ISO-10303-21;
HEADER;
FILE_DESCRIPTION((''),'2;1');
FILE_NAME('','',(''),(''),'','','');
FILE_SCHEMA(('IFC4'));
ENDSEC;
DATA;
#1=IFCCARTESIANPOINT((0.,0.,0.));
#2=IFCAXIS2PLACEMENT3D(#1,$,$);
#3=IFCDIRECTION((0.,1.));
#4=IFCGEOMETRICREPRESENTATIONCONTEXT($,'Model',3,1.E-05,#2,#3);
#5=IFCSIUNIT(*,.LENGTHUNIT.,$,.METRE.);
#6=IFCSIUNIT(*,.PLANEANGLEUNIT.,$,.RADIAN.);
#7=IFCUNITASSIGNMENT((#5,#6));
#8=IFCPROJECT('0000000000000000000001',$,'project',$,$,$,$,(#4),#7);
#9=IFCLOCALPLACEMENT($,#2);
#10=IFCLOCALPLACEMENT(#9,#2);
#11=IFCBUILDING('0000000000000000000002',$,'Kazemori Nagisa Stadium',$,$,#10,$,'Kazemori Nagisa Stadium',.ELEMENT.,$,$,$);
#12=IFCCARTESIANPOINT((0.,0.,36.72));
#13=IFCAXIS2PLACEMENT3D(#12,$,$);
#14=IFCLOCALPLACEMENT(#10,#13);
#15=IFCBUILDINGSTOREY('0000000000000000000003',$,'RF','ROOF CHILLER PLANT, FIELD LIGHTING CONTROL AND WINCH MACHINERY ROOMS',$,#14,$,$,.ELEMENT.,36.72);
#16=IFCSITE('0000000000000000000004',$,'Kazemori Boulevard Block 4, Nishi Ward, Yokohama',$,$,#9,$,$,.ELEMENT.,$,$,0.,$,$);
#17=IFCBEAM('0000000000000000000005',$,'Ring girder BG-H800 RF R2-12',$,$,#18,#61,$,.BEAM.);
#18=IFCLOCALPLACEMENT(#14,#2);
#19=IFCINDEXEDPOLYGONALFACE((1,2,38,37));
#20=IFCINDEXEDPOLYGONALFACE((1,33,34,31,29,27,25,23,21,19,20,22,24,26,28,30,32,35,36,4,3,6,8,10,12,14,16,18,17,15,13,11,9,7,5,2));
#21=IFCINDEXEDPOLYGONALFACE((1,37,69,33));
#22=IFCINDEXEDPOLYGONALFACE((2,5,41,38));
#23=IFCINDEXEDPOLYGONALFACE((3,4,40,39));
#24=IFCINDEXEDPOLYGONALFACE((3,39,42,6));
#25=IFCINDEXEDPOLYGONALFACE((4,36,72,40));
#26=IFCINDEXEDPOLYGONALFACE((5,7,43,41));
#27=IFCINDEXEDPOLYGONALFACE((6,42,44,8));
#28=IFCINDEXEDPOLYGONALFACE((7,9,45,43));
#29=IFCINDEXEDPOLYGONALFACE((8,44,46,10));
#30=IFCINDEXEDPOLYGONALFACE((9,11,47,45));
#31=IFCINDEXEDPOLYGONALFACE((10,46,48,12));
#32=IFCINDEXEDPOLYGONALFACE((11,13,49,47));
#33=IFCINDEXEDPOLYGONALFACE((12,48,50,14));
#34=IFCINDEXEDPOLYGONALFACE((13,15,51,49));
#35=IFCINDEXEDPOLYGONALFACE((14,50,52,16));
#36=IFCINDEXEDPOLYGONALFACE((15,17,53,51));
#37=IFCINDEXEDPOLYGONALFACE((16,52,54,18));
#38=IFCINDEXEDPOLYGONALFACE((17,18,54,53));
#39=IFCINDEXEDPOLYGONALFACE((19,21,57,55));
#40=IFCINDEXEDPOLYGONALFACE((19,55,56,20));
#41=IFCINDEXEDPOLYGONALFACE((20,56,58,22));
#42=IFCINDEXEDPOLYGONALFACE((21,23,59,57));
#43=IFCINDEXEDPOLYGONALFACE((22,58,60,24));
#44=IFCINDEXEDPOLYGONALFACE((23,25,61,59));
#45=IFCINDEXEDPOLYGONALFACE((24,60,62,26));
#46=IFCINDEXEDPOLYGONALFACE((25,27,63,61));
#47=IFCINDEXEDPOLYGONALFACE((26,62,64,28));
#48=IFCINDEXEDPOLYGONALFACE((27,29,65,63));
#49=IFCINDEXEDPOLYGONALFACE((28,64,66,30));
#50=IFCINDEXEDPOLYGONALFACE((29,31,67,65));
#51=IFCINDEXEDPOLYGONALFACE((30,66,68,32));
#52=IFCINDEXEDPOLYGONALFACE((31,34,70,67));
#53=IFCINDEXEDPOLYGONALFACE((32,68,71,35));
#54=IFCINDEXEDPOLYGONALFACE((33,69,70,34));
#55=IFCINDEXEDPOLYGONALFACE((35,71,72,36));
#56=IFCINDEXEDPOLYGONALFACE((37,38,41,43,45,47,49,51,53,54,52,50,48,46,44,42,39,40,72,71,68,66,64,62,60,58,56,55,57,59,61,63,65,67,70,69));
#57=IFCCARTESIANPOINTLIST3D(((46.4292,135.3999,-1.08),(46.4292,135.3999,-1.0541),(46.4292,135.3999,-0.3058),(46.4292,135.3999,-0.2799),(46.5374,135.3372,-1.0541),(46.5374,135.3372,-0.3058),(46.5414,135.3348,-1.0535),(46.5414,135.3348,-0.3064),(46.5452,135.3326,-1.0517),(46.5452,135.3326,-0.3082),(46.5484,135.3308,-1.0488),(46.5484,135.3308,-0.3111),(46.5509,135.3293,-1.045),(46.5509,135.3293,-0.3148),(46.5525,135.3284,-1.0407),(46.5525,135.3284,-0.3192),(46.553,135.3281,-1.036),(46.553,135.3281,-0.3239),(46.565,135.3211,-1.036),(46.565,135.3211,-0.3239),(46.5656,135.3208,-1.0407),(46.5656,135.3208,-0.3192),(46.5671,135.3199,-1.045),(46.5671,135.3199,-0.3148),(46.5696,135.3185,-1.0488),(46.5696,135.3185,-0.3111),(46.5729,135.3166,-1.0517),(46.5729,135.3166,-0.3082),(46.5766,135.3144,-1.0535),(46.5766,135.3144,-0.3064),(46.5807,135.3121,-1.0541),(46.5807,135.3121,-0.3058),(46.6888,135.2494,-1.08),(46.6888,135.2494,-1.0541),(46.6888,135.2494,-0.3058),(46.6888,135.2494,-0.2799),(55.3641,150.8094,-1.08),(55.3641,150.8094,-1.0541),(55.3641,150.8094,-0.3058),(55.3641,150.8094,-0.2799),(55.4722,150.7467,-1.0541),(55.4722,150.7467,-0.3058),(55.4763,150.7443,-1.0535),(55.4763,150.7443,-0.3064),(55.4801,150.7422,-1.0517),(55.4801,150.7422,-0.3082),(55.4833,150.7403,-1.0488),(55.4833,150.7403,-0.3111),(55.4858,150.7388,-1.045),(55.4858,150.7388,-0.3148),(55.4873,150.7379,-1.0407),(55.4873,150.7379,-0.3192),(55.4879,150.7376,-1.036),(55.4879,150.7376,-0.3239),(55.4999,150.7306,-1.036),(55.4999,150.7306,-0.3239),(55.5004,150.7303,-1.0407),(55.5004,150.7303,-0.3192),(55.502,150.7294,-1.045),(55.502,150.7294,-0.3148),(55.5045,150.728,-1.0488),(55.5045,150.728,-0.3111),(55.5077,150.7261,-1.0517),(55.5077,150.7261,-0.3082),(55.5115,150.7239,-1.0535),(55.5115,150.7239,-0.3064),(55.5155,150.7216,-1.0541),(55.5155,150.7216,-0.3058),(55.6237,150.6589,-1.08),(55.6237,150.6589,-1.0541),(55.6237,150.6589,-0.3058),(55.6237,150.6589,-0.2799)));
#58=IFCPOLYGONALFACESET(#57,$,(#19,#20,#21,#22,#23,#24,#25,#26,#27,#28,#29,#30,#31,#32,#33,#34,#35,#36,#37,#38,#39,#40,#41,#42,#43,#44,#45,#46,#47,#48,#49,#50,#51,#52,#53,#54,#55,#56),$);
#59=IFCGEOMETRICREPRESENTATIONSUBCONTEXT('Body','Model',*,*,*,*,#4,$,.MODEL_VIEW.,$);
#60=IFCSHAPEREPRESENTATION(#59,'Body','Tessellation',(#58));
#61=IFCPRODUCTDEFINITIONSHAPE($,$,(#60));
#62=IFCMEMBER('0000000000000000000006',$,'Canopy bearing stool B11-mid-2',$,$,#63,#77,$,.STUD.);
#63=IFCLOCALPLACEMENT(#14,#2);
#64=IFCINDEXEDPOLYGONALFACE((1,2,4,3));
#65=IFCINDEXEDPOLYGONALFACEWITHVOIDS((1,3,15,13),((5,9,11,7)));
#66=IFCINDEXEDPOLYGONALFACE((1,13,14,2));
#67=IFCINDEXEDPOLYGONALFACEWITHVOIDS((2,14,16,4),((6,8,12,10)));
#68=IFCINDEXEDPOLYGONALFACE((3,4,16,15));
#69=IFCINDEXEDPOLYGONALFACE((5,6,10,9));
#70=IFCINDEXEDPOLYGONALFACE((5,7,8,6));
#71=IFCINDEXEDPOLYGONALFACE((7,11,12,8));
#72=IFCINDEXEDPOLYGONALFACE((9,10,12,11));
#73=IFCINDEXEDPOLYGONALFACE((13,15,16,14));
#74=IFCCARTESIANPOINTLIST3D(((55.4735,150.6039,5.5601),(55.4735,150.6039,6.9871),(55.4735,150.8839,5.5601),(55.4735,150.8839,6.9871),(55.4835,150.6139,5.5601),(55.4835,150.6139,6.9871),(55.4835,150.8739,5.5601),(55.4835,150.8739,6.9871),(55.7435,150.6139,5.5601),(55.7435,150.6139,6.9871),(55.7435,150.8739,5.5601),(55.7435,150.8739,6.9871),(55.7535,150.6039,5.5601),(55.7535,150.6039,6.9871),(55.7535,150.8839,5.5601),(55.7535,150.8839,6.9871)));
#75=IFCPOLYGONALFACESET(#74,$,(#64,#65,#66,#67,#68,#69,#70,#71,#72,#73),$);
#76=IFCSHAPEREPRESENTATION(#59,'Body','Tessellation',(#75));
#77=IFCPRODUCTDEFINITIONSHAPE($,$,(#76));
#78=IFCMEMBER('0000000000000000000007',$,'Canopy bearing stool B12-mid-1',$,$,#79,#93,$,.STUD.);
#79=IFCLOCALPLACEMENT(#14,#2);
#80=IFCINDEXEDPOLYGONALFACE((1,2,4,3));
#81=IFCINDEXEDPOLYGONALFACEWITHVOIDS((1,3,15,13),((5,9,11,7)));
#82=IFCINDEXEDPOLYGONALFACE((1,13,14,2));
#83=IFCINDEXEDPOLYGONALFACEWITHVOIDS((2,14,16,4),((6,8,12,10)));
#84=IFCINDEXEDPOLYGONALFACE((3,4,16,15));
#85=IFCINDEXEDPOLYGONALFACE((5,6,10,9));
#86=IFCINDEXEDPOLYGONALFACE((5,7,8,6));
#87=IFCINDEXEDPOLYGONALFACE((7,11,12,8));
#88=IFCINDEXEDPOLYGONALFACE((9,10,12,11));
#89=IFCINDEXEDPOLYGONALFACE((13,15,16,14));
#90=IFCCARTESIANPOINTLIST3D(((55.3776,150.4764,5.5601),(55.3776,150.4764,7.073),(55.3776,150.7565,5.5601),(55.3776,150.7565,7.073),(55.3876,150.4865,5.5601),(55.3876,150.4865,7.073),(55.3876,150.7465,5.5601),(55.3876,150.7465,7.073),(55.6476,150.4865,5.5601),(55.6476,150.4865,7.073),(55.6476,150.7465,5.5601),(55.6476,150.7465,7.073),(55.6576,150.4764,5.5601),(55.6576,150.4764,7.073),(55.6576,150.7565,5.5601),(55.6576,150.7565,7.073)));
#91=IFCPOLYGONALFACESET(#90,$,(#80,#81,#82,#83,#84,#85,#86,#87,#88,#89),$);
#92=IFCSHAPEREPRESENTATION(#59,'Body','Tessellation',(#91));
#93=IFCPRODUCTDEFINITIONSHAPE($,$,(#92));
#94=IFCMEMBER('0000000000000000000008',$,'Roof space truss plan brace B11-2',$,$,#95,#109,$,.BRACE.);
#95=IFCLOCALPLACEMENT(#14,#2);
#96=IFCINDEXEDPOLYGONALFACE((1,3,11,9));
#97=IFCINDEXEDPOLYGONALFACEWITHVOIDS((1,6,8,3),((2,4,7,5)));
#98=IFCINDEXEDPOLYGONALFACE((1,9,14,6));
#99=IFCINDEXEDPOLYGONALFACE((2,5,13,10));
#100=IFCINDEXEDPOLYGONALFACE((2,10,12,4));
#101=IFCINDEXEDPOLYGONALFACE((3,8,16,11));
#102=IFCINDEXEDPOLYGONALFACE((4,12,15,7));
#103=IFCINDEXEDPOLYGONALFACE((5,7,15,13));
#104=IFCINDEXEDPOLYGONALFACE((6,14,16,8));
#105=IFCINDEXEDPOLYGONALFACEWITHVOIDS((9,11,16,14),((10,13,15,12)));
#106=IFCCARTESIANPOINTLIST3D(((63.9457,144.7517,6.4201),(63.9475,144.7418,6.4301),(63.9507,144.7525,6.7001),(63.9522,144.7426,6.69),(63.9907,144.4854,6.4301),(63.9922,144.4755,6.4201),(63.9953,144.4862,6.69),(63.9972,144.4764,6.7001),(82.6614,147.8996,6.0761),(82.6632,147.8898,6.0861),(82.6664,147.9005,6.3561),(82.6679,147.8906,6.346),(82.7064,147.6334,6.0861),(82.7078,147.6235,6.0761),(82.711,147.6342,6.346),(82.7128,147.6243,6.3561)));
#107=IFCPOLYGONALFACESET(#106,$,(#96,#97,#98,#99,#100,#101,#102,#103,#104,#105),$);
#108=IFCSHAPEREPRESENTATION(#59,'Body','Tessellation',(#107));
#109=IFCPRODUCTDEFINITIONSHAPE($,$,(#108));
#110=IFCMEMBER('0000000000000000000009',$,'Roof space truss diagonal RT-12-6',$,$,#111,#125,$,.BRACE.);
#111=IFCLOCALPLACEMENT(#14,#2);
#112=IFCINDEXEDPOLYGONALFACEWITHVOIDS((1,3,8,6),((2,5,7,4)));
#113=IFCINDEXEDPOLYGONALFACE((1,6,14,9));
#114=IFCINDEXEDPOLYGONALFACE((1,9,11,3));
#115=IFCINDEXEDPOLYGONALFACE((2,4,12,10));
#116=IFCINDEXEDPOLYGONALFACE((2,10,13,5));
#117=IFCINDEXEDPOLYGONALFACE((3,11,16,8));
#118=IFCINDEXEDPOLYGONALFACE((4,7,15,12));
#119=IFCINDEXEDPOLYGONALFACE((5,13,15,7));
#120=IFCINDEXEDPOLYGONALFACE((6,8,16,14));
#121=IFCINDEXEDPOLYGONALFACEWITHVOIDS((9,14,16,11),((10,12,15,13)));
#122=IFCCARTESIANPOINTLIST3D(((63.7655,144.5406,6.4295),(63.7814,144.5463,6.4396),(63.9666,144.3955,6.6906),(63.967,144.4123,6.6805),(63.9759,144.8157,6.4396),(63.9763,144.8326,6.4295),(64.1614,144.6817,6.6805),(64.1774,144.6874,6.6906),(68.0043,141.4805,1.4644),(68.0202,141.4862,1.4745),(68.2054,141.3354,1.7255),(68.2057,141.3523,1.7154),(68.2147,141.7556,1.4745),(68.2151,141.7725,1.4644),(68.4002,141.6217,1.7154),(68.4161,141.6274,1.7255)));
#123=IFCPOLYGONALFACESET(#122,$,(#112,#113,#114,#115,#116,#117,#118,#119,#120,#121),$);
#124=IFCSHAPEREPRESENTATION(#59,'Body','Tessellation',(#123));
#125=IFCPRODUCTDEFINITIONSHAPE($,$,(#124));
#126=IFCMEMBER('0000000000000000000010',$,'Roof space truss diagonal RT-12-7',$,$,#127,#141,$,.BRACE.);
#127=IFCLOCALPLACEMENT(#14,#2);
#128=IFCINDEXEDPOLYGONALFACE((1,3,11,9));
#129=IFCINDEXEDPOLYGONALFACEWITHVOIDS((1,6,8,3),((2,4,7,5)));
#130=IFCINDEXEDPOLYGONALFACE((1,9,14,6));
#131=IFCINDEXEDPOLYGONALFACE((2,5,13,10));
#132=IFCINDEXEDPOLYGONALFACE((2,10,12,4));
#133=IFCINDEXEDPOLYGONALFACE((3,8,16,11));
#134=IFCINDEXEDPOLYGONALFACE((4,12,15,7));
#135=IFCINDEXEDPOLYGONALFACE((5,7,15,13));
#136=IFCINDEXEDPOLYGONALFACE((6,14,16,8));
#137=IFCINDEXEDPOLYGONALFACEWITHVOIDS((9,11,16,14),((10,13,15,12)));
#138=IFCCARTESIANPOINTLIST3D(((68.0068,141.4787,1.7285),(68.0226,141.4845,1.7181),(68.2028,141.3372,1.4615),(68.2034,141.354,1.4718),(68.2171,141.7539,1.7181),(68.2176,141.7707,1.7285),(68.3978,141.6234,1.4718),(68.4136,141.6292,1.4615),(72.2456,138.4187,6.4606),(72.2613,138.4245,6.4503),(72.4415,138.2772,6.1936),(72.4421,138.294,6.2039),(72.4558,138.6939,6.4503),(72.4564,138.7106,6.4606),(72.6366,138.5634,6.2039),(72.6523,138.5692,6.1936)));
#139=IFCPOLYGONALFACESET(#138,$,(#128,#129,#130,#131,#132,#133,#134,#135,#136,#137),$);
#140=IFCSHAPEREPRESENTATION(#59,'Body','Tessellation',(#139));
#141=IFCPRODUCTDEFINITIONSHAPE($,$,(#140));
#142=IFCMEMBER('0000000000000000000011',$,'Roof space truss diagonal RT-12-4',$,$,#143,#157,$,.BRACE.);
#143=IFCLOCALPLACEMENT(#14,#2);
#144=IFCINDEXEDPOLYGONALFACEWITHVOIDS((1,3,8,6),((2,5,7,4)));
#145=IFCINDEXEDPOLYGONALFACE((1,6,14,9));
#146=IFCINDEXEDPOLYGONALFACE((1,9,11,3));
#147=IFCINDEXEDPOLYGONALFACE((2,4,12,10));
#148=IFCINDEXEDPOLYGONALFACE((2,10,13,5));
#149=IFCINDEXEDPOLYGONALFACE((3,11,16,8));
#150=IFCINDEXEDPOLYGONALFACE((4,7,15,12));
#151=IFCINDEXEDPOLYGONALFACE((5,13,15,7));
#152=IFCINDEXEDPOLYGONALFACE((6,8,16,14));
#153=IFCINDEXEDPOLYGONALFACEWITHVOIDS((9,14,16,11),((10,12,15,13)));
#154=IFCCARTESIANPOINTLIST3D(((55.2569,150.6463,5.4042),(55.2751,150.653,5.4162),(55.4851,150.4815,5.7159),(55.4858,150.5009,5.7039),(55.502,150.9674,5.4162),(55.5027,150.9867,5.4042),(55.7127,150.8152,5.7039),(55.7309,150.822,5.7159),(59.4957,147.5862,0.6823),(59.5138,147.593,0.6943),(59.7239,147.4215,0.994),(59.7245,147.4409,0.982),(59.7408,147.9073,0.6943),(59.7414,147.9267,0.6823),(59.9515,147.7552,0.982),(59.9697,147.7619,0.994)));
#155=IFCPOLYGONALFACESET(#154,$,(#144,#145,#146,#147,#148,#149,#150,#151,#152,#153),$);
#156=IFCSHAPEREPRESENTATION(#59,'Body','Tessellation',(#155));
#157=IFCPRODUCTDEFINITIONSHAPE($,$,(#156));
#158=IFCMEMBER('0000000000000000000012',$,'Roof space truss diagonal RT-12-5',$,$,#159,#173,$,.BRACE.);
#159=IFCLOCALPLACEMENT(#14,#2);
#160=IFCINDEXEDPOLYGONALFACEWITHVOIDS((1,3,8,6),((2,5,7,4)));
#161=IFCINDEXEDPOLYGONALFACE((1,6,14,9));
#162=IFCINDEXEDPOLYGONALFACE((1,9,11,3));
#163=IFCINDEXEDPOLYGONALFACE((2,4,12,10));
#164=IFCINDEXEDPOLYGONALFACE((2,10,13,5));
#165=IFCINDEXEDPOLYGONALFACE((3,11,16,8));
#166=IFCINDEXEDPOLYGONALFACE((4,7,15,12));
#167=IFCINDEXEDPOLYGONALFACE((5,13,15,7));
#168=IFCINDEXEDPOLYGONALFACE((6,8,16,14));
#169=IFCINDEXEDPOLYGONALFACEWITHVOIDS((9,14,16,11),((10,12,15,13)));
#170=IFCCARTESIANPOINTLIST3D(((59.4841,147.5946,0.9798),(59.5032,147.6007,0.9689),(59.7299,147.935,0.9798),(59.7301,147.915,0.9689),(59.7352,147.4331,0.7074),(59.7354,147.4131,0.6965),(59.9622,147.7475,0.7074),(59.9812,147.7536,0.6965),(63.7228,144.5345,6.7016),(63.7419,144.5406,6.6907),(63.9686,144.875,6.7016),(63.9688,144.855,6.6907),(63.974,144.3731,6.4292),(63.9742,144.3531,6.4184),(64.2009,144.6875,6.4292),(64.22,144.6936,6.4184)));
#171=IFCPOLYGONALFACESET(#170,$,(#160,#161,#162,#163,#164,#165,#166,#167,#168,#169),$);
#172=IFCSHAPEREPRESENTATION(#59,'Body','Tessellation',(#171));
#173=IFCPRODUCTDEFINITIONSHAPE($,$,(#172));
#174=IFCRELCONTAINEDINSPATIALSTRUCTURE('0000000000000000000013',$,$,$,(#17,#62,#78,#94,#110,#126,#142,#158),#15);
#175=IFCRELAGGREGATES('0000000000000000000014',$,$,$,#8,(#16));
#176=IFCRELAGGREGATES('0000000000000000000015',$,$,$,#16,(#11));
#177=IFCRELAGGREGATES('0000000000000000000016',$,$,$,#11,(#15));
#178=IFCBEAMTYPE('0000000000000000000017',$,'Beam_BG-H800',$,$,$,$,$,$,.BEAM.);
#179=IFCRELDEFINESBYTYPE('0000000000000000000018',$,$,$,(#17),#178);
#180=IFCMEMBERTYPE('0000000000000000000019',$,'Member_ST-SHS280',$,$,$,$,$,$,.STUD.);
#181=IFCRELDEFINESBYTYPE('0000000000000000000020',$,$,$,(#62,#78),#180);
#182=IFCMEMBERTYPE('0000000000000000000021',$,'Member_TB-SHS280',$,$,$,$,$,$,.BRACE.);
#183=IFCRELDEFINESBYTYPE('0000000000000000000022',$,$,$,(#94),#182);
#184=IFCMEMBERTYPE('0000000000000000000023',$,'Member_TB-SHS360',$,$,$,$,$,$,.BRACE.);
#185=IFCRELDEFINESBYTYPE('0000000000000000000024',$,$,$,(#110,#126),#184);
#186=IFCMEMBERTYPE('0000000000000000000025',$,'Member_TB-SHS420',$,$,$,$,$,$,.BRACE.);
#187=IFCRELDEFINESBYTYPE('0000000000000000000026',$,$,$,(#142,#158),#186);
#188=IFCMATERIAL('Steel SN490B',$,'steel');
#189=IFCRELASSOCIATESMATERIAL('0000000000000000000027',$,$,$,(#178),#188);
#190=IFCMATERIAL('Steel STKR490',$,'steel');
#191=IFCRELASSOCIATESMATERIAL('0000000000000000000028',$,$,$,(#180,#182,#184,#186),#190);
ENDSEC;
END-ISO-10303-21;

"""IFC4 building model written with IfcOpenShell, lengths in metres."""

from ifc_helpers import new_model, si_unit, direction, frame, origin, origin_2d, place, context, subcontext, project, spatial, hollow_rectangle, i_section, extrude, material, material_profile, profile_set, type_object, element, save


model = new_model("IFC4")

# Units and contexts
model_context = context("Model", 3, precision=1e-05, world=origin(), true_north=direction((0.0, 1.0)))
body_context = subcontext(model_context, "Body", "Model", "MODEL_VIEW")
ifc_project = project(units=[si_unit("LENGTHUNIT", "METRE"), si_unit("PLANEANGLEUNIT", "RADIAN")], contexts=[model_context])

# Site, building, storey
site_placement = place(None, origin())
site = spatial("IfcSite", under=ifc_project, at=site_placement, Name="Kazemori Boulevard Block 4, Nishi Ward, Yokohama", CompositionType="ELEMENT", RefElevation=0.0)
building_placement = place(site_placement, origin())
building = spatial("IfcBuilding", under=site, at=building_placement, Name="Kazemori Nagisa Stadium", LongName="Kazemori Nagisa Stadium", CompositionType="ELEMENT")
storey_placement = place(building_placement, frame((0.0, 0.0, 36.72)))
storey = spatial("IfcBuildingStorey", under=building, at=storey_placement, Name="RF", Description="ROOF CHILLER PLANT, FIELD LIGHTING CONTROL AND WINCH MACHINERY ROOMS", CompositionType="ELEMENT", Elevation=36.72)

# Shared definitions
ifc_material_1 = material(Name="Steel SN490B", Category="steel")

# Beam
ifc_material_profile_1 = material_profile(ifc_material_1, i_section(OverallWidth=0.3, OverallDepth=0.8, WebThickness=0.0139, FlangeThickness=0.0259, FilletRadius=0.0181, at=origin_2d()), Name="H-800x300x14x26")
ifc_profile_set_1 = profile_set([ifc_material_profile_1], Name="Steel SN490B")
beam_type_1 = type_object("IfcBeamType", Name="Beam_BG-H800", PredefinedType="BEAM", material=ifc_profile_set_1)
beam_1_placement = place(storey_placement, frame((55.4939, 150.7341, -0.6799), z_axis=(-0.501607, -0.865096, 0.0), x_axis=(0.865096, -0.501607, 0.0)))
element("IfcBeam", 1, at=beam_1_placement, inside=storey, type_object=beam_type_1, Name="Ring girder BG-H800 RF R2-12", PredefinedType="BEAM", context=body_context, shape_type="SweptSolid", body=[
    extrude(i_section(OverallWidth=0.3, OverallDepth=0.8, WebThickness=0.0139, FlangeThickness=0.0259, FilletRadius=0.0181, at=origin_2d()), origin(), (0.0, 0.0, 1.0), 17.8125),
])

# Members
ifc_material_2 = material(Name="Steel STKR490", Category="steel")
ifc_material_profile_2 = material_profile(ifc_material_2, hollow_rectangle(XDim=0.28, YDim=0.28, WallThickness=0.01, at=origin_2d()), Name="SHS-280x280x10")
ifc_profile_set_2 = profile_set([ifc_material_profile_2], Name="Steel STKR490")
member_type_1 = type_object("IfcMemberType", Name="Member_ST-SHS280", PredefinedType="STUD", material=ifc_profile_set_2)
member_1_placement = place(storey_placement, frame((55.6135, 150.7439, 5.5601), z_axis=(0.0, 0.0, 1.0), x_axis=(1.0, 0.0, 0.0)))
element("IfcMember", 2, at=member_1_placement, inside=storey, type_object=member_type_1, Name="Canopy bearing stool B11-mid-2", PredefinedType="STUD", context=body_context, shape_type="SweptSolid", body=[
    extrude(hollow_rectangle(XDim=0.28, YDim=0.28, WallThickness=0.01, at=origin_2d()), origin(), (0.0, 0.0, 1.0), 1.427),
])
member_2_placement = place(storey_placement, frame((55.5176, 150.6165, 5.5601), z_axis=(0.0, 0.0, 1.0), x_axis=(1.0, 0.0, 0.0)))
element("IfcMember", 3, at=member_2_placement, inside=storey, type_object=member_type_1, Name="Canopy bearing stool B12-mid-1", PredefinedType="STUD", context=body_context, shape_type="SweptSolid", body=[
    extrude(hollow_rectangle(XDim=0.28, YDim=0.28, WallThickness=0.01, at=origin_2d()), origin(), (0.0, 0.0, 1.0), 1.5129),
])
ifc_material_profile_3 = material_profile(ifc_material_2, hollow_rectangle(XDim=0.28, YDim=0.28, WallThickness=0.01, at=origin_2d()), Name="SHS-280x280x10")
ifc_profile_set_3 = profile_set([ifc_material_profile_3], Name="Steel STKR490")
member_type_2 = type_object("IfcMemberType", Name="Member_TB-SHS280", PredefinedType="BRACE", material=ifc_profile_set_3)
member_3_placement = place(storey_placement, frame((63.9714, 144.614, 6.5601), z_axis=(0.985986, 0.165842, -0.018123), x_axis=(-0.165869, 0.986148, 0.0)))
element("IfcMember", 4, at=member_3_placement, inside=storey, type_object=member_type_2, Name="Roof space truss plan brace B11-2", PredefinedType="BRACE", context=body_context, shape_type="SweptSolid", body=[
    extrude(hollow_rectangle(XDim=0.28, YDim=0.28, WallThickness=0.01, at=origin_2d()), origin(), (0.0, 0.0, 1.0), 18.9817),
])
ifc_material_profile_4 = material_profile(ifc_material_2, hollow_rectangle(XDim=0.3601, YDim=0.3601, WallThickness=0.0139, at=origin_2d()), Name="SHS-360x360x14")
ifc_profile_set_4 = profile_set([ifc_material_profile_4], Name="Steel STKR490")
member_type_3 = type_object("IfcMemberType", Name="Member_TB-SHS360", PredefinedType="BRACE", material=ifc_profile_set_4)
member_4_placement = place(storey_placement, frame((63.9714, 144.614, 6.5601), z_axis=(0.587906, -0.424422, -0.688645), x_axis=(0.58533, 0.810795, 0.0)))
element("IfcMember", 5, at=member_4_placement, inside=storey, type_object=member_type_3, Name="Roof space truss diagonal RT-12-6", PredefinedType="BRACE", context=body_context, shape_type="SweptSolid", body=[
    extrude(hollow_rectangle(XDim=0.3601, YDim=0.3601, WallThickness=0.0139, at=origin_2d()), origin(), (0.0, 0.0, 1.0), 7.21),
])
member_5_placement = place(storey_placement, frame((68.2102, 141.554, 1.595), z_axis=(0.60111, -0.433954, 0.671081), x_axis=(0.58533, 0.810795, 0.0)))
element("IfcMember", 6, at=member_5_placement, inside=storey, type_object=member_type_3, Name="Roof space truss diagonal RT-12-7", PredefinedType="BRACE", context=body_context, shape_type="SweptSolid", body=[
    extrude(hollow_rectangle(XDim=0.3601, YDim=0.3601, WallThickness=0.0139, at=origin_2d()), origin(), (0.0, 0.0, 1.0), 7.0515),
])
ifc_material_profile_5 = material_profile(ifc_material_2, hollow_rectangle(XDim=0.4199, YDim=0.4199, WallThickness=0.0161, at=origin_2d()), Name="SHS-420x420x16")
ifc_profile_set_5 = profile_set([ifc_material_profile_5], Name="Steel STKR490")
member_type_4 = type_object("IfcMemberType", Name="Member_TB-SHS420", PredefinedType="BRACE", material=ifc_profile_set_5)
member_6_placement = place(storey_placement, frame((55.4939, 150.7341, 5.5601), z_axis=(0.601697, -0.434378, -0.670281), x_axis=(0.58533, 0.810795, 0.0)))
element("IfcMember", 7, at=member_6_placement, inside=storey, type_object=member_type_4, Name="Roof space truss diagonal RT-12-4", PredefinedType="BRACE", context=body_context, shape_type="SweptSolid", body=[
    extrude(hollow_rectangle(XDim=0.4199, YDim=0.4199, WallThickness=0.0161, at=origin_2d()), origin(), (0.0, 0.0, 1.0), 7.0447),
])
member_7_placement = place(storey_placement, frame((59.7327, 147.6741, 0.8381), z_axis=(0.546897, -0.394817, 0.738257), x_axis=(0.58533, 0.810795, 0.0)))
element("IfcMember", 8, at=member_7_placement, inside=storey, type_object=member_type_4, Name="Roof space truss diagonal RT-12-5", PredefinedType="BRACE", context=body_context, shape_type="SweptSolid", body=[
    extrude(hollow_rectangle(XDim=0.4199, YDim=0.4199, WallThickness=0.0161, at=origin_2d()), origin(), (0.0, 0.0, 1.0), 7.7505),
])

save(model, "model.ifc")
